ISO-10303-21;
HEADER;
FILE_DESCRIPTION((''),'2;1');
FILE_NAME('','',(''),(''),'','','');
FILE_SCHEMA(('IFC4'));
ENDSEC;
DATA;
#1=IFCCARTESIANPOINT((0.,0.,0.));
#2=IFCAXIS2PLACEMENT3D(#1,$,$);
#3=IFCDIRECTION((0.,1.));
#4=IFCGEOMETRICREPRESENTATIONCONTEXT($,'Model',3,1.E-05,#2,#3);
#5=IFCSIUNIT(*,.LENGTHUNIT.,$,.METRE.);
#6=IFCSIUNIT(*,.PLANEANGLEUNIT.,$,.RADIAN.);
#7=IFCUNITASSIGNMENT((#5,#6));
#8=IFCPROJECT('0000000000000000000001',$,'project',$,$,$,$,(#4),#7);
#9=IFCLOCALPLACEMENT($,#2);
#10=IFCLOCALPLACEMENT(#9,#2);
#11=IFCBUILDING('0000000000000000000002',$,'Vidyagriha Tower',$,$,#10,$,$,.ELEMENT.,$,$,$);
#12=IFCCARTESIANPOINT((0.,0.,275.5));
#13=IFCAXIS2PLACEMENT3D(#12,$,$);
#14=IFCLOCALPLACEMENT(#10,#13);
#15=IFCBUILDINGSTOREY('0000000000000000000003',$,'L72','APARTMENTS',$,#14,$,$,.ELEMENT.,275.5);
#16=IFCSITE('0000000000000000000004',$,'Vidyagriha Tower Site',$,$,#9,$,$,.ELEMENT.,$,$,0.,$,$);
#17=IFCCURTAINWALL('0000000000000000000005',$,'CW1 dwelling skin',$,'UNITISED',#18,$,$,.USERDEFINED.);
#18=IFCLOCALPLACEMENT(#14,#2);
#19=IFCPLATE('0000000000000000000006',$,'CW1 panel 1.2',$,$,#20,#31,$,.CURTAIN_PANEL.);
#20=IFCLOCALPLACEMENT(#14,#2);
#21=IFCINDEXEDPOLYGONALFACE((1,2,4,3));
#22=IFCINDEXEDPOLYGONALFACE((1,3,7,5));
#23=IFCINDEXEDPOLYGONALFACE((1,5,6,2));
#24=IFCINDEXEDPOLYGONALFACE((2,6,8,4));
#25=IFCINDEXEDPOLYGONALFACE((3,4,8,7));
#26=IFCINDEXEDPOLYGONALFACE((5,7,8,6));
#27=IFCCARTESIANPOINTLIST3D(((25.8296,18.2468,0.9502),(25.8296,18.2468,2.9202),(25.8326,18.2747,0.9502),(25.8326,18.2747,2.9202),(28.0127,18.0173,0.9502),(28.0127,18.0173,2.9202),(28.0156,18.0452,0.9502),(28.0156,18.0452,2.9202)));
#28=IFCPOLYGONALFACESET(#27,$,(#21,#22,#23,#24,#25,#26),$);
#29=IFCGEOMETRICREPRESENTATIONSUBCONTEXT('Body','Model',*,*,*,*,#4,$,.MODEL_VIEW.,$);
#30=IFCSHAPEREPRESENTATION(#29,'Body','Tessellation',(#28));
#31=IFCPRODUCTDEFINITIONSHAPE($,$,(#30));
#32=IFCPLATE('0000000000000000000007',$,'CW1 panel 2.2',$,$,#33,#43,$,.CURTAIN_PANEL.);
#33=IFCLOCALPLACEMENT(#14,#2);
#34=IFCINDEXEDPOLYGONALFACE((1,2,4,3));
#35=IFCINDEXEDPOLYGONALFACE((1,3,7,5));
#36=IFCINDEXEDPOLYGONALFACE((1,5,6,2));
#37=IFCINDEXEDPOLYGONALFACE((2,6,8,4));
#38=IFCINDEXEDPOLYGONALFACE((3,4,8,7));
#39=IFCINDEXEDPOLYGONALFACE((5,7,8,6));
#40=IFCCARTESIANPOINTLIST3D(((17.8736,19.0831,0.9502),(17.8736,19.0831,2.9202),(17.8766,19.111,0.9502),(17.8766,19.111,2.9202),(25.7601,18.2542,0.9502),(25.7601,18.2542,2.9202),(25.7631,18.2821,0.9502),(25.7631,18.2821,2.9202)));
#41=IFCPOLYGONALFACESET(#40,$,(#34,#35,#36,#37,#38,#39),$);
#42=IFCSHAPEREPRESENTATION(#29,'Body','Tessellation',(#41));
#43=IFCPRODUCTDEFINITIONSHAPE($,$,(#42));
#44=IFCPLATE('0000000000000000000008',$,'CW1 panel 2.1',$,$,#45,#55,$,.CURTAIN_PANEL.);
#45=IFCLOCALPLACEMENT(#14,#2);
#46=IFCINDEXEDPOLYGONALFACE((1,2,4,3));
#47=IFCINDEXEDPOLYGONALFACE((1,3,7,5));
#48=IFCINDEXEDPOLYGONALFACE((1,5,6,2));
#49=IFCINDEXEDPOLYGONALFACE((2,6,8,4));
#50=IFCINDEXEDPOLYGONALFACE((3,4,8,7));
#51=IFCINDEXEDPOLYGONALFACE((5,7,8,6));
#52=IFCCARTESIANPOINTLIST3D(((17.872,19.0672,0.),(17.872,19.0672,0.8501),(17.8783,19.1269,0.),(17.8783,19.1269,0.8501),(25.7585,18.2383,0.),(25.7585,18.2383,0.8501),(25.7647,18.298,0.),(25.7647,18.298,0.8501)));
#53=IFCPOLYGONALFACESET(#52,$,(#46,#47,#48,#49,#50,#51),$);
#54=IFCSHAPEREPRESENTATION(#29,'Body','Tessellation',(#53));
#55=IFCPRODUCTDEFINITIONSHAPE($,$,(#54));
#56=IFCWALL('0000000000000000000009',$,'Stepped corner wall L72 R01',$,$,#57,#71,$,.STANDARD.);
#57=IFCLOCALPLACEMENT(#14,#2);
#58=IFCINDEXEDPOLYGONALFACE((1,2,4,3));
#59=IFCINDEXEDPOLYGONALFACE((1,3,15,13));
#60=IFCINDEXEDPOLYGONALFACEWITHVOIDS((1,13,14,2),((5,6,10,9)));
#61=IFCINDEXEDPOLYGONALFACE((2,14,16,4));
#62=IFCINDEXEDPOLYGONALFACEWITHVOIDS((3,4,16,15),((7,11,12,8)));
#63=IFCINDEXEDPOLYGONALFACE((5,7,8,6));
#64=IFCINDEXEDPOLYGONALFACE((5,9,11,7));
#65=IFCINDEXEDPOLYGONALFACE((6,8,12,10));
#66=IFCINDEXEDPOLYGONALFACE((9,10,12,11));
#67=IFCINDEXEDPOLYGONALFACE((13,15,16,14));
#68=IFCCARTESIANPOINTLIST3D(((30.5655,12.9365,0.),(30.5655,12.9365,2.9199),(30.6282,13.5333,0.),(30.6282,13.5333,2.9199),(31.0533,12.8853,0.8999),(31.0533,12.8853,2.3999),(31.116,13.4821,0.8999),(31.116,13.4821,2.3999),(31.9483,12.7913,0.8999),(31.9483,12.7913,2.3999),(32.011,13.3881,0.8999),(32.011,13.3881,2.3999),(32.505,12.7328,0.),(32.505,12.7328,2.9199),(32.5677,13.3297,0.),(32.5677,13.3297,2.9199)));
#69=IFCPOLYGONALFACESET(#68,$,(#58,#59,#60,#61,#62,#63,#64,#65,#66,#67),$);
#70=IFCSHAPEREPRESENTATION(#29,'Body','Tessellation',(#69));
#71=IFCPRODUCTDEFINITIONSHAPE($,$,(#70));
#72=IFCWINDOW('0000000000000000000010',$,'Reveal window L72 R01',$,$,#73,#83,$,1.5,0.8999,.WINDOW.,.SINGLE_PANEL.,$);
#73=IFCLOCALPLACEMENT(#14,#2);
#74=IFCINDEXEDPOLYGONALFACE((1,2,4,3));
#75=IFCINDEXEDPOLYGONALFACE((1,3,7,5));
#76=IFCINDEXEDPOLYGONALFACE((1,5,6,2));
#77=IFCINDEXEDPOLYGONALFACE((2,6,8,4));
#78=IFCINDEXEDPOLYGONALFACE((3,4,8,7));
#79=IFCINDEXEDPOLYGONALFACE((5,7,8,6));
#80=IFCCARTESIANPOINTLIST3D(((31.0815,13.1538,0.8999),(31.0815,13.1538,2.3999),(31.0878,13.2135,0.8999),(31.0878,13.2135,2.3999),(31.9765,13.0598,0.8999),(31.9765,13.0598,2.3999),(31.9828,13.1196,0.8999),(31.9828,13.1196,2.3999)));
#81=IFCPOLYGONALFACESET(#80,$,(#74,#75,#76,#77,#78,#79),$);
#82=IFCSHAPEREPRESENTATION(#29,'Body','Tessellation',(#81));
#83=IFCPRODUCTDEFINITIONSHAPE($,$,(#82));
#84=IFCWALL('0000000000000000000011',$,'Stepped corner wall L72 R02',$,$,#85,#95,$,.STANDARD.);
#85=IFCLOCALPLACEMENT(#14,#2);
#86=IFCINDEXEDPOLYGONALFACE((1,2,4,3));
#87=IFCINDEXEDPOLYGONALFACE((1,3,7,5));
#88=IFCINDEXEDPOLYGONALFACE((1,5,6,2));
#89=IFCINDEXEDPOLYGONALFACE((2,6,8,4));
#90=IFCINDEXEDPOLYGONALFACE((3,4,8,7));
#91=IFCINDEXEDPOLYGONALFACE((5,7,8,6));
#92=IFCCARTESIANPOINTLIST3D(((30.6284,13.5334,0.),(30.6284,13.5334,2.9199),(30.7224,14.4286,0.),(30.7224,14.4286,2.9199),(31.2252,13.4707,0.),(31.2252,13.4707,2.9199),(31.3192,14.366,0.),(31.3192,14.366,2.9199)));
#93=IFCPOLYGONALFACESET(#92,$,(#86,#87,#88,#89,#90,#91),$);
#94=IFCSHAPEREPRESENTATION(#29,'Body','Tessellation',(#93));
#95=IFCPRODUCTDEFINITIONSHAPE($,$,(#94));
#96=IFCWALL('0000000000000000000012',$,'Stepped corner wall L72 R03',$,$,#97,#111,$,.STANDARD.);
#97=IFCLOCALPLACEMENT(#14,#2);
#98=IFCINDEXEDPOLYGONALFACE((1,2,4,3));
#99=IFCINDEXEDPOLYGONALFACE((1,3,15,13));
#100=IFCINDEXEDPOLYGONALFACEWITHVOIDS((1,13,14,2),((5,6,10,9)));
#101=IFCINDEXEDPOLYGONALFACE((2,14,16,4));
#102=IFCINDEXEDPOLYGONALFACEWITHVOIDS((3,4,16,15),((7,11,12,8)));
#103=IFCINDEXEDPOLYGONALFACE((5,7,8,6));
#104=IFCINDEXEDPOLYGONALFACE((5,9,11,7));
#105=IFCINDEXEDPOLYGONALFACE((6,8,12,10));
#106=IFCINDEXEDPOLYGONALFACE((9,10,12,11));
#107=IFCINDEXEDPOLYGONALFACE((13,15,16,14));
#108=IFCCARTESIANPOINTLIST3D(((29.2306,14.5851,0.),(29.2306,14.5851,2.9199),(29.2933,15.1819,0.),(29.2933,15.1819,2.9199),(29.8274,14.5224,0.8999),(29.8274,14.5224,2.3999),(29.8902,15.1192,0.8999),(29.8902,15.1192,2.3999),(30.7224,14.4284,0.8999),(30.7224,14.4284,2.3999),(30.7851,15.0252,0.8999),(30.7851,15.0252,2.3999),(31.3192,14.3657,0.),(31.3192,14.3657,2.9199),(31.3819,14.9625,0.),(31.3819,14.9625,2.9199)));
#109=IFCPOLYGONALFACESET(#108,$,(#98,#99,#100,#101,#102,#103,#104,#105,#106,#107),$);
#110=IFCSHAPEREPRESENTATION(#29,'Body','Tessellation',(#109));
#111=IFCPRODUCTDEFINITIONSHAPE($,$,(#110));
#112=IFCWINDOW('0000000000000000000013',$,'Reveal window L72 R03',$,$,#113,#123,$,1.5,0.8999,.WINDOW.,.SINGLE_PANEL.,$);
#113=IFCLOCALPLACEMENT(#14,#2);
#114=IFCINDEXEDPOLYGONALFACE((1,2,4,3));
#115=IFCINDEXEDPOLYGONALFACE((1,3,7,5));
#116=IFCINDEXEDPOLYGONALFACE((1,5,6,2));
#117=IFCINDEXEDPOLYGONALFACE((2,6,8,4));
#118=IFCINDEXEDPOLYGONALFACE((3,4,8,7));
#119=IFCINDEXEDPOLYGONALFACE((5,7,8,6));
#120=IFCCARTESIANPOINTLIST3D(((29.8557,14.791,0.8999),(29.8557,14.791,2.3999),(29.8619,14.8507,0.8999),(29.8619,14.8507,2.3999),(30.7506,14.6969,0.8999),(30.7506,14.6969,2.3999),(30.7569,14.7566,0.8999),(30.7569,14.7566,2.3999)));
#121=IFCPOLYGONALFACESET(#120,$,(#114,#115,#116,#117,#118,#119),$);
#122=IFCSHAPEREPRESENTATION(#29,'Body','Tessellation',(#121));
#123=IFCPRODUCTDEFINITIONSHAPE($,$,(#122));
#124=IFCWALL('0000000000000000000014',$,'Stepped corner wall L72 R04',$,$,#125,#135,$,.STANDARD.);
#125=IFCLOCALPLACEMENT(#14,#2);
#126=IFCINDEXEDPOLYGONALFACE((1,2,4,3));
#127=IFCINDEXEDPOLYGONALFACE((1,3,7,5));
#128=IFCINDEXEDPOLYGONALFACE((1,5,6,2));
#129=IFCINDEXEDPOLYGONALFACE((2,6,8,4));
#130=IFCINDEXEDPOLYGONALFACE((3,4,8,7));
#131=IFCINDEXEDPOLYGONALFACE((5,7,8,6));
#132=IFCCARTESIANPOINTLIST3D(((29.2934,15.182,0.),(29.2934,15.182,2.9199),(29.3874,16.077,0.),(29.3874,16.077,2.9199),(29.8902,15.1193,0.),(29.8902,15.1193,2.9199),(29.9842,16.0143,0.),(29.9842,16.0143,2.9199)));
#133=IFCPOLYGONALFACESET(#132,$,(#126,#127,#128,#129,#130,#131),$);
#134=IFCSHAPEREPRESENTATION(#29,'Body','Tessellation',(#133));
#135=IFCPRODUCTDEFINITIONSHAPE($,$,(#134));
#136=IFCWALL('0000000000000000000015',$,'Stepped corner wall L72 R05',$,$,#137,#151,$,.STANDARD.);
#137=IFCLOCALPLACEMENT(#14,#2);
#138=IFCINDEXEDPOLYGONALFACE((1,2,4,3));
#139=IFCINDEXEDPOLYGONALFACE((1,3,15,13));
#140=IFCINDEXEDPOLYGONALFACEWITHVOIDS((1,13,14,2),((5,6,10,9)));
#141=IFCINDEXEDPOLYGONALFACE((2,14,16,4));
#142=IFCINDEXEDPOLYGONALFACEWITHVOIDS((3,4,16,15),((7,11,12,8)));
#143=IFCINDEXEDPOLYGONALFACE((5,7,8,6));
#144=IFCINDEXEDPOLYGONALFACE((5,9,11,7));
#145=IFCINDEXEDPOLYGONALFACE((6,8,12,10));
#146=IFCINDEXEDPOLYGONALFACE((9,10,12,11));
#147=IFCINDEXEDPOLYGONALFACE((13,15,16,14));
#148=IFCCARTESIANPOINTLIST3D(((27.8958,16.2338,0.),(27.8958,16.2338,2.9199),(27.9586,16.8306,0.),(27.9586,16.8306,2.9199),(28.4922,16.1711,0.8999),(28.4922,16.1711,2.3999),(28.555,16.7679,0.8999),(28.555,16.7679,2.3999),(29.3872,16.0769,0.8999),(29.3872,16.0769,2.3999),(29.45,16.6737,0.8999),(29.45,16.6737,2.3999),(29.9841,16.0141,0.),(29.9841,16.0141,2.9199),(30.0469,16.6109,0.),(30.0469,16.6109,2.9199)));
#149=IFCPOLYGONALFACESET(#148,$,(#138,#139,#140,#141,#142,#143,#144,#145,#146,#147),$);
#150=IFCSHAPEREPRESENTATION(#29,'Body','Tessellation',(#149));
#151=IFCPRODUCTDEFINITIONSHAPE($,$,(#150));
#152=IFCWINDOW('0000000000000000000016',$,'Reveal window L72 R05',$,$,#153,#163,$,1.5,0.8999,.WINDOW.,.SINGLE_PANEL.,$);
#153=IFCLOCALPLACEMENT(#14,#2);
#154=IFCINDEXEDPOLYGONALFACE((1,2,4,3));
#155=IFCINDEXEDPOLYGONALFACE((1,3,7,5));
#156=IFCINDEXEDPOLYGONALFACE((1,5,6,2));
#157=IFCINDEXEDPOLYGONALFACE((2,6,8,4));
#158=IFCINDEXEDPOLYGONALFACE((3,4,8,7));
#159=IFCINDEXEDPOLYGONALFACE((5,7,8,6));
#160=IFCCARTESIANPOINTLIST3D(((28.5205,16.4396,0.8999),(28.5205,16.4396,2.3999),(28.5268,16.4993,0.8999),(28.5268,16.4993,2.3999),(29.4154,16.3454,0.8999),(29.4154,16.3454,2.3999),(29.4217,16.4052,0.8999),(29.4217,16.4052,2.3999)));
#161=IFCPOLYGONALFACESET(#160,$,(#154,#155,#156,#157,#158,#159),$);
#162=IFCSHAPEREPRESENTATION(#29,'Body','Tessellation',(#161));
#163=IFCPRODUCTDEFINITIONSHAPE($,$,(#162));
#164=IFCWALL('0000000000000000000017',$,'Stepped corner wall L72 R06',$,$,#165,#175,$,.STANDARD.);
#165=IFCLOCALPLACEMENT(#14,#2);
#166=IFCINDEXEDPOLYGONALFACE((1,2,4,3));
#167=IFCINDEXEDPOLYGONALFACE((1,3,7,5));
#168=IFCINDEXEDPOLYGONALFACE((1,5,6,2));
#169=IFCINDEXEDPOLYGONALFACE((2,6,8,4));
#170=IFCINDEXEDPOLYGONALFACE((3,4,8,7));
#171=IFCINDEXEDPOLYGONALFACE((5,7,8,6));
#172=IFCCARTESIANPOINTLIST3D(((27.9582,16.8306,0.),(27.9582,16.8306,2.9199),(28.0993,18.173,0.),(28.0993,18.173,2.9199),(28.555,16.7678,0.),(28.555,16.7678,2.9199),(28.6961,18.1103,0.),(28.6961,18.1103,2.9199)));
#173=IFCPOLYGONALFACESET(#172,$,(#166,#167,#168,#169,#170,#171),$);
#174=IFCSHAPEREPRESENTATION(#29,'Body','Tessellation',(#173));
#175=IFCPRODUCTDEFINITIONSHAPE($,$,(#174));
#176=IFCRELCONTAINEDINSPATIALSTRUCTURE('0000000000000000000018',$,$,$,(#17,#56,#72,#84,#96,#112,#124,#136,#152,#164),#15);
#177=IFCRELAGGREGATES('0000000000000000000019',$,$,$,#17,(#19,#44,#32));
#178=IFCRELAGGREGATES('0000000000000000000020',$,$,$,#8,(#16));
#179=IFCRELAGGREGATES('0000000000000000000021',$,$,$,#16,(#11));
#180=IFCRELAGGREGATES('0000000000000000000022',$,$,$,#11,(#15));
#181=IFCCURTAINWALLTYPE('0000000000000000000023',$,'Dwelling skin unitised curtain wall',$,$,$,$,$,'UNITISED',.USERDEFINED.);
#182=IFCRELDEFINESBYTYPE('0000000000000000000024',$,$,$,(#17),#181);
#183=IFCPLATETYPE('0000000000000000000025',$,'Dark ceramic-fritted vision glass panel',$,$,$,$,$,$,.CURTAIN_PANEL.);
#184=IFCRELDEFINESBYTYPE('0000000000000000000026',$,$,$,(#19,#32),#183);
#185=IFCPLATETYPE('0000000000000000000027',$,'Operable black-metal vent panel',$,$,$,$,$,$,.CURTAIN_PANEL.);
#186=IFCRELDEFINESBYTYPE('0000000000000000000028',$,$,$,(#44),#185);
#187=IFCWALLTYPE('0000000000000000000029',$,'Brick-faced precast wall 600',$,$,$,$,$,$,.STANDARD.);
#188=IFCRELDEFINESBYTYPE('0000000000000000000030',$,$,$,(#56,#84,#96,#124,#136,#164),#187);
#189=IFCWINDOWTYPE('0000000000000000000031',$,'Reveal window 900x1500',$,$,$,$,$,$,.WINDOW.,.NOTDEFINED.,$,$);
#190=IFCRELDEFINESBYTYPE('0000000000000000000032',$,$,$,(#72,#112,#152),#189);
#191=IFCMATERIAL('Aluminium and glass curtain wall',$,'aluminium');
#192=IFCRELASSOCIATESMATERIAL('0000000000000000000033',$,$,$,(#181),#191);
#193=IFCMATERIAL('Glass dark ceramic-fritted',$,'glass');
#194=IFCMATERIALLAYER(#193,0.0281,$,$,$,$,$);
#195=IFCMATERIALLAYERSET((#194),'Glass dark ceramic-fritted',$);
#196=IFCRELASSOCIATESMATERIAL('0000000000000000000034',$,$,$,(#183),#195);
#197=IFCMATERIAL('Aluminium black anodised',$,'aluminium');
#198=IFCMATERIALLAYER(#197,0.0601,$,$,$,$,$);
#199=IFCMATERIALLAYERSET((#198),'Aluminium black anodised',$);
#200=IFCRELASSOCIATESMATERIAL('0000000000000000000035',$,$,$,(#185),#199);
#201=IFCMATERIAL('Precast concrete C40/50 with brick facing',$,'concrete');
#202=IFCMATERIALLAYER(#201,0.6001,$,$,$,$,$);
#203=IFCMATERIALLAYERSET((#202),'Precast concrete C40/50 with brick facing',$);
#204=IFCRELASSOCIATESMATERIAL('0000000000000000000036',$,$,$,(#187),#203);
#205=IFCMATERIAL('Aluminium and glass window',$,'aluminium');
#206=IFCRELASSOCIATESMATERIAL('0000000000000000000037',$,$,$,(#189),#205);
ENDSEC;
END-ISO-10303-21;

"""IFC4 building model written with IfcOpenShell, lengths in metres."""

from ifc_helpers import new_model, si_unit, direction, frame, frame_2d, origin, origin_2d, place, context, subcontext, project, spatial, rectangle, extrude, material, layer, layer_set, type_object, element, fill, aggregate, save


model = new_model("IFC4")

# Units and contexts
model_context = context("Model", 3, precision=1e-05, world=origin(), true_north=direction((0.0, 1.0)))
body_context = subcontext(model_context, "Body", "Model", "MODEL_VIEW")
ifc_project = project(units=[si_unit("LENGTHUNIT", "METRE"), si_unit("PLANEANGLEUNIT", "RADIAN")], contexts=[model_context])

# Site, building, storey
site_placement = place(None, origin())
site = spatial("IfcSite", under=ifc_project, at=site_placement, Name="Vidyagriha Tower Site", CompositionType="ELEMENT", RefElevation=0.0)
building_placement = place(site_placement, origin())
building = spatial("IfcBuilding", under=site, at=building_placement, Name="Vidyagriha Tower", CompositionType="ELEMENT")
storey_placement = place(building_placement, frame((0.0, 0.0, 275.5)))
storey = spatial("IfcBuildingStorey", under=building, at=storey_placement, Name="L72", Description="APARTMENTS", CompositionType="ELEMENT", Elevation=275.5)

# Curtain wall, plates
ifc_material_1 = material(Name="Aluminium and glass curtain wall", Category="aluminium")
curtain_wall_type = type_object("IfcCurtainWallType", Name="Dwelling skin unitised curtain wall", ElementType="UNITISED", PredefinedType="USERDEFINED", material=ifc_material_1)
curtain_wall_placement = place(storey_placement, origin())
curtain_wall = element("IfcCurtainWall", 1, at=curtain_wall_placement, inside=storey, type_object=curtain_wall_type, Name="CW1 dwelling skin", ObjectType="UNITISED", PredefinedType="USERDEFINED")
ifc_material_2 = material(Name="Glass dark ceramic-fritted", Category="glass")
ifc_layer_1 = layer(ifc_material_2, 0.0281)
ifc_layer_set_1 = layer_set([ifc_layer_1], Name="Glass dark ceramic-fritted")
plate_type_1 = type_object("IfcPlateType", Name="Dark ceramic-fritted vision glass panel", PredefinedType="CURTAIN_PANEL", material=ifc_layer_set_1)
plate_1_placement = place(storey_placement, frame((26.9226, 18.146, 0.9502), z_axis=(0.0, 0.0, 1.0), x_axis=(-0.994522, 0.104529, 0.0)))
plate_1 = element("IfcPlate", 2, at=plate_1_placement, type_object=plate_type_1, Name="CW1 panel 1.2", PredefinedType="CURTAIN_PANEL", context=body_context, shape_type="SweptSolid", body=[
    extrude(rectangle(XDim=2.1951, YDim=0.0281, at=origin_2d()), origin(), (0.0, 0.0, 1.0), 1.97),
])
plate_2_placement = place(storey_placement, frame((21.8184, 18.6826, 0.9502), z_axis=(0.0, 0.0, 1.0), x_axis=(-0.994522, 0.104529, 0.0)))
plate_2 = element("IfcPlate", 3, at=plate_2_placement, type_object=plate_type_1, Name="CW1 panel 2.2", PredefinedType="CURTAIN_PANEL", context=body_context, shape_type="SweptSolid", body=[
    extrude(rectangle(XDim=7.9299, YDim=0.0281, at=origin_2d()), origin(), (0.0, 0.0, 1.0), 1.97),
])
ifc_material_3 = material(Name="Aluminium black anodised", Category="aluminium")
ifc_layer_2 = layer(ifc_material_3, 0.0601)
ifc_layer_set_2 = layer_set([ifc_layer_2], Name="Aluminium black anodised")
plate_type_2 = type_object("IfcPlateType", Name="Operable black-metal vent panel", PredefinedType="CURTAIN_PANEL", material=ifc_layer_set_2)
plate_3_placement = place(storey_placement, frame((21.8184, 18.6826, 0.0), z_axis=(0.0, 0.0, 1.0), x_axis=(-0.994522, 0.104529, 0.0)))
plate_3 = element("IfcPlate", 4, at=plate_3_placement, type_object=plate_type_2, Name="CW1 panel 2.1", PredefinedType="CURTAIN_PANEL", context=body_context, shape_type="SweptSolid", body=[
    extrude(rectangle(XDim=7.9299, YDim=0.0601, at=origin_2d()), origin(), (0.0, 0.0, 1.0), 0.8501),
])
aggregate(curtain_wall, [plate_1, plate_3, plate_2])

# Wall, opening, window
ifc_material_4 = material(Name="Precast concrete C40/50 with brick facing", Category="concrete")
ifc_layer_3 = layer(ifc_material_4, 0.6001)
ifc_layer_set_3 = layer_set([ifc_layer_3], Name="Precast concrete C40/50 with brick facing")
wall_type_1 = type_object("IfcWallType", Name="Brick-faced precast wall 600", PredefinedType="STANDARD", material=ifc_layer_set_3)
wall_1_placement = place(storey_placement, frame((32.5364, 13.0312, 0.0), z_axis=(0.0, 0.0, 1.0), x_axis=(-0.994534, 0.104411, 0.0)))
wall_1 = element("IfcWall", 5, at=wall_1_placement, inside=storey, type_object=wall_type_1, Name="Stepped corner wall L72 R01", PredefinedType="STANDARD", context=body_context, shape_type="SweptSolid", body=[
    extrude(rectangle(XDim=1.9502, YDim=0.6001, at=frame_2d((0.9751, 0.0))), origin(), (0.0, 0.0, 1.0), 2.9199),
])
opening_1_placement = place(wall_1_placement, frame((0.5598, 0.0, 0.8999)))
opening_1 = element("IfcOpeningElement", 6, at=opening_1_placement, cuts=wall_1, PredefinedType="OPENING", context=body_context, shape_type="SweptSolid", body=[
    extrude(rectangle(XDim=0.8999, YDim=1.5, at=frame_2d((0.45, 0.75))), frame((0.0, 0.3101, 0.0), z_axis=(0.0, -1.0, 0.0), x_axis=(1.0, 0.0, 0.0)), (0.0, 0.0, 1.0), 0.6201),
])
ifc_material_5 = material(Name="Aluminium and glass window", Category="aluminium")
window_type = type_object("IfcWindowType", Name="Reveal window 900x1500", PartitioningType="NOTDEFINED", PredefinedType="WINDOW", material=ifc_material_5)
window_1_placement = place(opening_1_placement, origin())
window_1 = element("IfcWindow", 7, at=window_1_placement, inside=storey, type_object=window_type, Name="Reveal window L72 R01", OverallHeight=1.5, OverallWidth=0.8999, PartitioningType="SINGLE_PANEL", PredefinedType="WINDOW", context=body_context, shape_type="SweptSolid", body=[
    extrude(rectangle(XDim=0.8999, YDim=1.5, at=frame_2d((0.45, 0.75))), frame((0.0, 0.03, 0.0), z_axis=(0.0, -1.0, 0.0), x_axis=(1.0, 0.0, 0.0)), (0.0, 0.0, 1.0), 0.0601),
])
fill(opening_1, window_1)

# Wall
wall_2_placement = place(storey_placement, frame((30.9268, 13.502, 0.0), z_axis=(0.0, 0.0, 1.0), x_axis=(0.104417, 0.994534, 0.0)))
element("IfcWall", 8, at=wall_2_placement, inside=storey, type_object=wall_type_1, Name="Stepped corner wall L72 R02", PredefinedType="STANDARD", context=body_context, shape_type="SweptSolid", body=[
    extrude(rectangle(XDim=0.9001, YDim=0.6001, at=frame_2d((0.4502, 0.0))), origin(), (0.0, 0.0, 1.0), 2.9199),
])

# Wall, opening, window
wall_3_placement = place(storey_placement, frame((31.3506, 14.6641, 0.0), z_axis=(0.0, 0.0, 1.0), x_axis=(-0.994524, 0.104509, 0.0)))
wall_3 = element("IfcWall", 9, at=wall_3_placement, inside=storey, type_object=wall_type_1, Name="Stepped corner wall L72 R03", PredefinedType="STANDARD", context=body_context, shape_type="SweptSolid", body=[
    extrude(rectangle(XDim=2.1001, YDim=0.6001, at=frame_2d((1.05, 0.0))), origin(), (0.0, 0.0, 1.0), 2.9199),
])
opening_2_placement = place(wall_3_placement, frame((0.6001, 0.0, 0.8999)))
opening_2 = element("IfcOpeningElement", 10, at=opening_2_placement, cuts=wall_3, PredefinedType="OPENING", context=body_context, shape_type="SweptSolid", body=[
    extrude(rectangle(XDim=0.8999, YDim=1.5, at=frame_2d((0.45, 0.75))), frame((0.0, 0.3101, 0.0), z_axis=(0.0, -1.0, 0.0), x_axis=(1.0, 0.0, 0.0)), (0.0, 0.0, 1.0), 0.6201),
])
window_2_placement = place(opening_2_placement, origin())
window_2 = element("IfcWindow", 11, at=window_2_placement, inside=storey, type_object=window_type, Name="Reveal window L72 R03", OverallHeight=1.5, OverallWidth=0.8999, PartitioningType="SINGLE_PANEL", PredefinedType="WINDOW", context=body_context, shape_type="SweptSolid", body=[
    extrude(rectangle(XDim=0.8999, YDim=1.5, at=frame_2d((0.45, 0.75))), frame((0.0, 0.03, 0.0), z_axis=(0.0, -1.0, 0.0), x_axis=(1.0, 0.0, 0.0)), (0.0, 0.0, 1.0), 0.0601),
])
fill(opening_2, window_2)

# Wall
wall_4_placement = place(storey_placement, frame((29.5918, 15.1506, 0.0), z_axis=(0.0, 0.0, 1.0), x_axis=(0.104445, 0.994531, 0.0)))
element("IfcWall", 12, at=wall_4_placement, inside=storey, type_object=wall_type_1, Name="Stepped corner wall L72 R04", PredefinedType="STANDARD", context=body_context, shape_type="SweptSolid", body=[
    extrude(rectangle(XDim=0.8999, YDim=0.6001, at=frame_2d((0.45, 0.0))), origin(), (0.0, 0.0, 1.0), 2.9199),
])

# Wall, opening, window
wall_5_placement = place(storey_placement, frame((30.0154, 16.3125, 0.0), z_axis=(0.0, 0.0, 1.0), x_axis=(-0.994511, 0.104636, 0.0)))
wall_5 = element("IfcWall", 13, at=wall_5_placement, inside=storey, type_object=wall_type_1, Name="Stepped corner wall L72 R05", PredefinedType="STANDARD", context=body_context, shape_type="SweptSolid", body=[
    extrude(rectangle(XDim=2.0999, YDim=0.6001, at=frame_2d((1.0498, 0.0))), origin(), (0.0, 0.0, 1.0), 2.9199),
])
opening_3_placement = place(wall_5_placement, frame((0.6001, 0.0, 0.8999)))
opening_3 = element("IfcOpeningElement", 14, at=opening_3_placement, cuts=wall_5, PredefinedType="OPENING", context=body_context, shape_type="SweptSolid", body=[
    extrude(rectangle(XDim=0.8999, YDim=1.5, at=frame_2d((0.45, 0.75))), frame((0.0, 0.3101, 0.0), z_axis=(0.0, -1.0, 0.0), x_axis=(1.0, 0.0, 0.0)), (0.0, 0.0, 1.0), 0.6201),
])
window_3_placement = place(opening_3_placement, origin())
window_3 = element("IfcWindow", 15, at=window_3_placement, inside=storey, type_object=window_type, Name="Reveal window L72 R05", OverallHeight=1.5, OverallWidth=0.8999, PartitioningType="SINGLE_PANEL", PredefinedType="WINDOW", context=body_context, shape_type="SweptSolid", body=[
    extrude(rectangle(XDim=0.8999, YDim=1.5, at=frame_2d((0.45, 0.75))), frame((0.0, 0.03, 0.0), z_axis=(0.0, -1.0, 0.0), x_axis=(1.0, 0.0, 0.0)), (0.0, 0.0, 1.0), 0.0601),
])
fill(opening_3, window_3)

# Wall
wall_6_placement = place(storey_placement, frame((28.2566, 16.7993, 0.0), z_axis=(0.0, 0.0, 1.0), x_axis=(0.104534, 0.994521, 0.0)))
element("IfcWall", 16, at=wall_6_placement, inside=storey, type_object=wall_type_1, Name="Stepped corner wall L72 R06", PredefinedType="STANDARD", context=body_context, shape_type="SweptSolid", body=[
    extrude(rectangle(XDim=1.3499, YDim=0.6001, at=frame_2d((0.6748, 0.0))), origin(), (0.0, 0.0, 1.0), 2.9199),
])

save(model, "model.ifc")
